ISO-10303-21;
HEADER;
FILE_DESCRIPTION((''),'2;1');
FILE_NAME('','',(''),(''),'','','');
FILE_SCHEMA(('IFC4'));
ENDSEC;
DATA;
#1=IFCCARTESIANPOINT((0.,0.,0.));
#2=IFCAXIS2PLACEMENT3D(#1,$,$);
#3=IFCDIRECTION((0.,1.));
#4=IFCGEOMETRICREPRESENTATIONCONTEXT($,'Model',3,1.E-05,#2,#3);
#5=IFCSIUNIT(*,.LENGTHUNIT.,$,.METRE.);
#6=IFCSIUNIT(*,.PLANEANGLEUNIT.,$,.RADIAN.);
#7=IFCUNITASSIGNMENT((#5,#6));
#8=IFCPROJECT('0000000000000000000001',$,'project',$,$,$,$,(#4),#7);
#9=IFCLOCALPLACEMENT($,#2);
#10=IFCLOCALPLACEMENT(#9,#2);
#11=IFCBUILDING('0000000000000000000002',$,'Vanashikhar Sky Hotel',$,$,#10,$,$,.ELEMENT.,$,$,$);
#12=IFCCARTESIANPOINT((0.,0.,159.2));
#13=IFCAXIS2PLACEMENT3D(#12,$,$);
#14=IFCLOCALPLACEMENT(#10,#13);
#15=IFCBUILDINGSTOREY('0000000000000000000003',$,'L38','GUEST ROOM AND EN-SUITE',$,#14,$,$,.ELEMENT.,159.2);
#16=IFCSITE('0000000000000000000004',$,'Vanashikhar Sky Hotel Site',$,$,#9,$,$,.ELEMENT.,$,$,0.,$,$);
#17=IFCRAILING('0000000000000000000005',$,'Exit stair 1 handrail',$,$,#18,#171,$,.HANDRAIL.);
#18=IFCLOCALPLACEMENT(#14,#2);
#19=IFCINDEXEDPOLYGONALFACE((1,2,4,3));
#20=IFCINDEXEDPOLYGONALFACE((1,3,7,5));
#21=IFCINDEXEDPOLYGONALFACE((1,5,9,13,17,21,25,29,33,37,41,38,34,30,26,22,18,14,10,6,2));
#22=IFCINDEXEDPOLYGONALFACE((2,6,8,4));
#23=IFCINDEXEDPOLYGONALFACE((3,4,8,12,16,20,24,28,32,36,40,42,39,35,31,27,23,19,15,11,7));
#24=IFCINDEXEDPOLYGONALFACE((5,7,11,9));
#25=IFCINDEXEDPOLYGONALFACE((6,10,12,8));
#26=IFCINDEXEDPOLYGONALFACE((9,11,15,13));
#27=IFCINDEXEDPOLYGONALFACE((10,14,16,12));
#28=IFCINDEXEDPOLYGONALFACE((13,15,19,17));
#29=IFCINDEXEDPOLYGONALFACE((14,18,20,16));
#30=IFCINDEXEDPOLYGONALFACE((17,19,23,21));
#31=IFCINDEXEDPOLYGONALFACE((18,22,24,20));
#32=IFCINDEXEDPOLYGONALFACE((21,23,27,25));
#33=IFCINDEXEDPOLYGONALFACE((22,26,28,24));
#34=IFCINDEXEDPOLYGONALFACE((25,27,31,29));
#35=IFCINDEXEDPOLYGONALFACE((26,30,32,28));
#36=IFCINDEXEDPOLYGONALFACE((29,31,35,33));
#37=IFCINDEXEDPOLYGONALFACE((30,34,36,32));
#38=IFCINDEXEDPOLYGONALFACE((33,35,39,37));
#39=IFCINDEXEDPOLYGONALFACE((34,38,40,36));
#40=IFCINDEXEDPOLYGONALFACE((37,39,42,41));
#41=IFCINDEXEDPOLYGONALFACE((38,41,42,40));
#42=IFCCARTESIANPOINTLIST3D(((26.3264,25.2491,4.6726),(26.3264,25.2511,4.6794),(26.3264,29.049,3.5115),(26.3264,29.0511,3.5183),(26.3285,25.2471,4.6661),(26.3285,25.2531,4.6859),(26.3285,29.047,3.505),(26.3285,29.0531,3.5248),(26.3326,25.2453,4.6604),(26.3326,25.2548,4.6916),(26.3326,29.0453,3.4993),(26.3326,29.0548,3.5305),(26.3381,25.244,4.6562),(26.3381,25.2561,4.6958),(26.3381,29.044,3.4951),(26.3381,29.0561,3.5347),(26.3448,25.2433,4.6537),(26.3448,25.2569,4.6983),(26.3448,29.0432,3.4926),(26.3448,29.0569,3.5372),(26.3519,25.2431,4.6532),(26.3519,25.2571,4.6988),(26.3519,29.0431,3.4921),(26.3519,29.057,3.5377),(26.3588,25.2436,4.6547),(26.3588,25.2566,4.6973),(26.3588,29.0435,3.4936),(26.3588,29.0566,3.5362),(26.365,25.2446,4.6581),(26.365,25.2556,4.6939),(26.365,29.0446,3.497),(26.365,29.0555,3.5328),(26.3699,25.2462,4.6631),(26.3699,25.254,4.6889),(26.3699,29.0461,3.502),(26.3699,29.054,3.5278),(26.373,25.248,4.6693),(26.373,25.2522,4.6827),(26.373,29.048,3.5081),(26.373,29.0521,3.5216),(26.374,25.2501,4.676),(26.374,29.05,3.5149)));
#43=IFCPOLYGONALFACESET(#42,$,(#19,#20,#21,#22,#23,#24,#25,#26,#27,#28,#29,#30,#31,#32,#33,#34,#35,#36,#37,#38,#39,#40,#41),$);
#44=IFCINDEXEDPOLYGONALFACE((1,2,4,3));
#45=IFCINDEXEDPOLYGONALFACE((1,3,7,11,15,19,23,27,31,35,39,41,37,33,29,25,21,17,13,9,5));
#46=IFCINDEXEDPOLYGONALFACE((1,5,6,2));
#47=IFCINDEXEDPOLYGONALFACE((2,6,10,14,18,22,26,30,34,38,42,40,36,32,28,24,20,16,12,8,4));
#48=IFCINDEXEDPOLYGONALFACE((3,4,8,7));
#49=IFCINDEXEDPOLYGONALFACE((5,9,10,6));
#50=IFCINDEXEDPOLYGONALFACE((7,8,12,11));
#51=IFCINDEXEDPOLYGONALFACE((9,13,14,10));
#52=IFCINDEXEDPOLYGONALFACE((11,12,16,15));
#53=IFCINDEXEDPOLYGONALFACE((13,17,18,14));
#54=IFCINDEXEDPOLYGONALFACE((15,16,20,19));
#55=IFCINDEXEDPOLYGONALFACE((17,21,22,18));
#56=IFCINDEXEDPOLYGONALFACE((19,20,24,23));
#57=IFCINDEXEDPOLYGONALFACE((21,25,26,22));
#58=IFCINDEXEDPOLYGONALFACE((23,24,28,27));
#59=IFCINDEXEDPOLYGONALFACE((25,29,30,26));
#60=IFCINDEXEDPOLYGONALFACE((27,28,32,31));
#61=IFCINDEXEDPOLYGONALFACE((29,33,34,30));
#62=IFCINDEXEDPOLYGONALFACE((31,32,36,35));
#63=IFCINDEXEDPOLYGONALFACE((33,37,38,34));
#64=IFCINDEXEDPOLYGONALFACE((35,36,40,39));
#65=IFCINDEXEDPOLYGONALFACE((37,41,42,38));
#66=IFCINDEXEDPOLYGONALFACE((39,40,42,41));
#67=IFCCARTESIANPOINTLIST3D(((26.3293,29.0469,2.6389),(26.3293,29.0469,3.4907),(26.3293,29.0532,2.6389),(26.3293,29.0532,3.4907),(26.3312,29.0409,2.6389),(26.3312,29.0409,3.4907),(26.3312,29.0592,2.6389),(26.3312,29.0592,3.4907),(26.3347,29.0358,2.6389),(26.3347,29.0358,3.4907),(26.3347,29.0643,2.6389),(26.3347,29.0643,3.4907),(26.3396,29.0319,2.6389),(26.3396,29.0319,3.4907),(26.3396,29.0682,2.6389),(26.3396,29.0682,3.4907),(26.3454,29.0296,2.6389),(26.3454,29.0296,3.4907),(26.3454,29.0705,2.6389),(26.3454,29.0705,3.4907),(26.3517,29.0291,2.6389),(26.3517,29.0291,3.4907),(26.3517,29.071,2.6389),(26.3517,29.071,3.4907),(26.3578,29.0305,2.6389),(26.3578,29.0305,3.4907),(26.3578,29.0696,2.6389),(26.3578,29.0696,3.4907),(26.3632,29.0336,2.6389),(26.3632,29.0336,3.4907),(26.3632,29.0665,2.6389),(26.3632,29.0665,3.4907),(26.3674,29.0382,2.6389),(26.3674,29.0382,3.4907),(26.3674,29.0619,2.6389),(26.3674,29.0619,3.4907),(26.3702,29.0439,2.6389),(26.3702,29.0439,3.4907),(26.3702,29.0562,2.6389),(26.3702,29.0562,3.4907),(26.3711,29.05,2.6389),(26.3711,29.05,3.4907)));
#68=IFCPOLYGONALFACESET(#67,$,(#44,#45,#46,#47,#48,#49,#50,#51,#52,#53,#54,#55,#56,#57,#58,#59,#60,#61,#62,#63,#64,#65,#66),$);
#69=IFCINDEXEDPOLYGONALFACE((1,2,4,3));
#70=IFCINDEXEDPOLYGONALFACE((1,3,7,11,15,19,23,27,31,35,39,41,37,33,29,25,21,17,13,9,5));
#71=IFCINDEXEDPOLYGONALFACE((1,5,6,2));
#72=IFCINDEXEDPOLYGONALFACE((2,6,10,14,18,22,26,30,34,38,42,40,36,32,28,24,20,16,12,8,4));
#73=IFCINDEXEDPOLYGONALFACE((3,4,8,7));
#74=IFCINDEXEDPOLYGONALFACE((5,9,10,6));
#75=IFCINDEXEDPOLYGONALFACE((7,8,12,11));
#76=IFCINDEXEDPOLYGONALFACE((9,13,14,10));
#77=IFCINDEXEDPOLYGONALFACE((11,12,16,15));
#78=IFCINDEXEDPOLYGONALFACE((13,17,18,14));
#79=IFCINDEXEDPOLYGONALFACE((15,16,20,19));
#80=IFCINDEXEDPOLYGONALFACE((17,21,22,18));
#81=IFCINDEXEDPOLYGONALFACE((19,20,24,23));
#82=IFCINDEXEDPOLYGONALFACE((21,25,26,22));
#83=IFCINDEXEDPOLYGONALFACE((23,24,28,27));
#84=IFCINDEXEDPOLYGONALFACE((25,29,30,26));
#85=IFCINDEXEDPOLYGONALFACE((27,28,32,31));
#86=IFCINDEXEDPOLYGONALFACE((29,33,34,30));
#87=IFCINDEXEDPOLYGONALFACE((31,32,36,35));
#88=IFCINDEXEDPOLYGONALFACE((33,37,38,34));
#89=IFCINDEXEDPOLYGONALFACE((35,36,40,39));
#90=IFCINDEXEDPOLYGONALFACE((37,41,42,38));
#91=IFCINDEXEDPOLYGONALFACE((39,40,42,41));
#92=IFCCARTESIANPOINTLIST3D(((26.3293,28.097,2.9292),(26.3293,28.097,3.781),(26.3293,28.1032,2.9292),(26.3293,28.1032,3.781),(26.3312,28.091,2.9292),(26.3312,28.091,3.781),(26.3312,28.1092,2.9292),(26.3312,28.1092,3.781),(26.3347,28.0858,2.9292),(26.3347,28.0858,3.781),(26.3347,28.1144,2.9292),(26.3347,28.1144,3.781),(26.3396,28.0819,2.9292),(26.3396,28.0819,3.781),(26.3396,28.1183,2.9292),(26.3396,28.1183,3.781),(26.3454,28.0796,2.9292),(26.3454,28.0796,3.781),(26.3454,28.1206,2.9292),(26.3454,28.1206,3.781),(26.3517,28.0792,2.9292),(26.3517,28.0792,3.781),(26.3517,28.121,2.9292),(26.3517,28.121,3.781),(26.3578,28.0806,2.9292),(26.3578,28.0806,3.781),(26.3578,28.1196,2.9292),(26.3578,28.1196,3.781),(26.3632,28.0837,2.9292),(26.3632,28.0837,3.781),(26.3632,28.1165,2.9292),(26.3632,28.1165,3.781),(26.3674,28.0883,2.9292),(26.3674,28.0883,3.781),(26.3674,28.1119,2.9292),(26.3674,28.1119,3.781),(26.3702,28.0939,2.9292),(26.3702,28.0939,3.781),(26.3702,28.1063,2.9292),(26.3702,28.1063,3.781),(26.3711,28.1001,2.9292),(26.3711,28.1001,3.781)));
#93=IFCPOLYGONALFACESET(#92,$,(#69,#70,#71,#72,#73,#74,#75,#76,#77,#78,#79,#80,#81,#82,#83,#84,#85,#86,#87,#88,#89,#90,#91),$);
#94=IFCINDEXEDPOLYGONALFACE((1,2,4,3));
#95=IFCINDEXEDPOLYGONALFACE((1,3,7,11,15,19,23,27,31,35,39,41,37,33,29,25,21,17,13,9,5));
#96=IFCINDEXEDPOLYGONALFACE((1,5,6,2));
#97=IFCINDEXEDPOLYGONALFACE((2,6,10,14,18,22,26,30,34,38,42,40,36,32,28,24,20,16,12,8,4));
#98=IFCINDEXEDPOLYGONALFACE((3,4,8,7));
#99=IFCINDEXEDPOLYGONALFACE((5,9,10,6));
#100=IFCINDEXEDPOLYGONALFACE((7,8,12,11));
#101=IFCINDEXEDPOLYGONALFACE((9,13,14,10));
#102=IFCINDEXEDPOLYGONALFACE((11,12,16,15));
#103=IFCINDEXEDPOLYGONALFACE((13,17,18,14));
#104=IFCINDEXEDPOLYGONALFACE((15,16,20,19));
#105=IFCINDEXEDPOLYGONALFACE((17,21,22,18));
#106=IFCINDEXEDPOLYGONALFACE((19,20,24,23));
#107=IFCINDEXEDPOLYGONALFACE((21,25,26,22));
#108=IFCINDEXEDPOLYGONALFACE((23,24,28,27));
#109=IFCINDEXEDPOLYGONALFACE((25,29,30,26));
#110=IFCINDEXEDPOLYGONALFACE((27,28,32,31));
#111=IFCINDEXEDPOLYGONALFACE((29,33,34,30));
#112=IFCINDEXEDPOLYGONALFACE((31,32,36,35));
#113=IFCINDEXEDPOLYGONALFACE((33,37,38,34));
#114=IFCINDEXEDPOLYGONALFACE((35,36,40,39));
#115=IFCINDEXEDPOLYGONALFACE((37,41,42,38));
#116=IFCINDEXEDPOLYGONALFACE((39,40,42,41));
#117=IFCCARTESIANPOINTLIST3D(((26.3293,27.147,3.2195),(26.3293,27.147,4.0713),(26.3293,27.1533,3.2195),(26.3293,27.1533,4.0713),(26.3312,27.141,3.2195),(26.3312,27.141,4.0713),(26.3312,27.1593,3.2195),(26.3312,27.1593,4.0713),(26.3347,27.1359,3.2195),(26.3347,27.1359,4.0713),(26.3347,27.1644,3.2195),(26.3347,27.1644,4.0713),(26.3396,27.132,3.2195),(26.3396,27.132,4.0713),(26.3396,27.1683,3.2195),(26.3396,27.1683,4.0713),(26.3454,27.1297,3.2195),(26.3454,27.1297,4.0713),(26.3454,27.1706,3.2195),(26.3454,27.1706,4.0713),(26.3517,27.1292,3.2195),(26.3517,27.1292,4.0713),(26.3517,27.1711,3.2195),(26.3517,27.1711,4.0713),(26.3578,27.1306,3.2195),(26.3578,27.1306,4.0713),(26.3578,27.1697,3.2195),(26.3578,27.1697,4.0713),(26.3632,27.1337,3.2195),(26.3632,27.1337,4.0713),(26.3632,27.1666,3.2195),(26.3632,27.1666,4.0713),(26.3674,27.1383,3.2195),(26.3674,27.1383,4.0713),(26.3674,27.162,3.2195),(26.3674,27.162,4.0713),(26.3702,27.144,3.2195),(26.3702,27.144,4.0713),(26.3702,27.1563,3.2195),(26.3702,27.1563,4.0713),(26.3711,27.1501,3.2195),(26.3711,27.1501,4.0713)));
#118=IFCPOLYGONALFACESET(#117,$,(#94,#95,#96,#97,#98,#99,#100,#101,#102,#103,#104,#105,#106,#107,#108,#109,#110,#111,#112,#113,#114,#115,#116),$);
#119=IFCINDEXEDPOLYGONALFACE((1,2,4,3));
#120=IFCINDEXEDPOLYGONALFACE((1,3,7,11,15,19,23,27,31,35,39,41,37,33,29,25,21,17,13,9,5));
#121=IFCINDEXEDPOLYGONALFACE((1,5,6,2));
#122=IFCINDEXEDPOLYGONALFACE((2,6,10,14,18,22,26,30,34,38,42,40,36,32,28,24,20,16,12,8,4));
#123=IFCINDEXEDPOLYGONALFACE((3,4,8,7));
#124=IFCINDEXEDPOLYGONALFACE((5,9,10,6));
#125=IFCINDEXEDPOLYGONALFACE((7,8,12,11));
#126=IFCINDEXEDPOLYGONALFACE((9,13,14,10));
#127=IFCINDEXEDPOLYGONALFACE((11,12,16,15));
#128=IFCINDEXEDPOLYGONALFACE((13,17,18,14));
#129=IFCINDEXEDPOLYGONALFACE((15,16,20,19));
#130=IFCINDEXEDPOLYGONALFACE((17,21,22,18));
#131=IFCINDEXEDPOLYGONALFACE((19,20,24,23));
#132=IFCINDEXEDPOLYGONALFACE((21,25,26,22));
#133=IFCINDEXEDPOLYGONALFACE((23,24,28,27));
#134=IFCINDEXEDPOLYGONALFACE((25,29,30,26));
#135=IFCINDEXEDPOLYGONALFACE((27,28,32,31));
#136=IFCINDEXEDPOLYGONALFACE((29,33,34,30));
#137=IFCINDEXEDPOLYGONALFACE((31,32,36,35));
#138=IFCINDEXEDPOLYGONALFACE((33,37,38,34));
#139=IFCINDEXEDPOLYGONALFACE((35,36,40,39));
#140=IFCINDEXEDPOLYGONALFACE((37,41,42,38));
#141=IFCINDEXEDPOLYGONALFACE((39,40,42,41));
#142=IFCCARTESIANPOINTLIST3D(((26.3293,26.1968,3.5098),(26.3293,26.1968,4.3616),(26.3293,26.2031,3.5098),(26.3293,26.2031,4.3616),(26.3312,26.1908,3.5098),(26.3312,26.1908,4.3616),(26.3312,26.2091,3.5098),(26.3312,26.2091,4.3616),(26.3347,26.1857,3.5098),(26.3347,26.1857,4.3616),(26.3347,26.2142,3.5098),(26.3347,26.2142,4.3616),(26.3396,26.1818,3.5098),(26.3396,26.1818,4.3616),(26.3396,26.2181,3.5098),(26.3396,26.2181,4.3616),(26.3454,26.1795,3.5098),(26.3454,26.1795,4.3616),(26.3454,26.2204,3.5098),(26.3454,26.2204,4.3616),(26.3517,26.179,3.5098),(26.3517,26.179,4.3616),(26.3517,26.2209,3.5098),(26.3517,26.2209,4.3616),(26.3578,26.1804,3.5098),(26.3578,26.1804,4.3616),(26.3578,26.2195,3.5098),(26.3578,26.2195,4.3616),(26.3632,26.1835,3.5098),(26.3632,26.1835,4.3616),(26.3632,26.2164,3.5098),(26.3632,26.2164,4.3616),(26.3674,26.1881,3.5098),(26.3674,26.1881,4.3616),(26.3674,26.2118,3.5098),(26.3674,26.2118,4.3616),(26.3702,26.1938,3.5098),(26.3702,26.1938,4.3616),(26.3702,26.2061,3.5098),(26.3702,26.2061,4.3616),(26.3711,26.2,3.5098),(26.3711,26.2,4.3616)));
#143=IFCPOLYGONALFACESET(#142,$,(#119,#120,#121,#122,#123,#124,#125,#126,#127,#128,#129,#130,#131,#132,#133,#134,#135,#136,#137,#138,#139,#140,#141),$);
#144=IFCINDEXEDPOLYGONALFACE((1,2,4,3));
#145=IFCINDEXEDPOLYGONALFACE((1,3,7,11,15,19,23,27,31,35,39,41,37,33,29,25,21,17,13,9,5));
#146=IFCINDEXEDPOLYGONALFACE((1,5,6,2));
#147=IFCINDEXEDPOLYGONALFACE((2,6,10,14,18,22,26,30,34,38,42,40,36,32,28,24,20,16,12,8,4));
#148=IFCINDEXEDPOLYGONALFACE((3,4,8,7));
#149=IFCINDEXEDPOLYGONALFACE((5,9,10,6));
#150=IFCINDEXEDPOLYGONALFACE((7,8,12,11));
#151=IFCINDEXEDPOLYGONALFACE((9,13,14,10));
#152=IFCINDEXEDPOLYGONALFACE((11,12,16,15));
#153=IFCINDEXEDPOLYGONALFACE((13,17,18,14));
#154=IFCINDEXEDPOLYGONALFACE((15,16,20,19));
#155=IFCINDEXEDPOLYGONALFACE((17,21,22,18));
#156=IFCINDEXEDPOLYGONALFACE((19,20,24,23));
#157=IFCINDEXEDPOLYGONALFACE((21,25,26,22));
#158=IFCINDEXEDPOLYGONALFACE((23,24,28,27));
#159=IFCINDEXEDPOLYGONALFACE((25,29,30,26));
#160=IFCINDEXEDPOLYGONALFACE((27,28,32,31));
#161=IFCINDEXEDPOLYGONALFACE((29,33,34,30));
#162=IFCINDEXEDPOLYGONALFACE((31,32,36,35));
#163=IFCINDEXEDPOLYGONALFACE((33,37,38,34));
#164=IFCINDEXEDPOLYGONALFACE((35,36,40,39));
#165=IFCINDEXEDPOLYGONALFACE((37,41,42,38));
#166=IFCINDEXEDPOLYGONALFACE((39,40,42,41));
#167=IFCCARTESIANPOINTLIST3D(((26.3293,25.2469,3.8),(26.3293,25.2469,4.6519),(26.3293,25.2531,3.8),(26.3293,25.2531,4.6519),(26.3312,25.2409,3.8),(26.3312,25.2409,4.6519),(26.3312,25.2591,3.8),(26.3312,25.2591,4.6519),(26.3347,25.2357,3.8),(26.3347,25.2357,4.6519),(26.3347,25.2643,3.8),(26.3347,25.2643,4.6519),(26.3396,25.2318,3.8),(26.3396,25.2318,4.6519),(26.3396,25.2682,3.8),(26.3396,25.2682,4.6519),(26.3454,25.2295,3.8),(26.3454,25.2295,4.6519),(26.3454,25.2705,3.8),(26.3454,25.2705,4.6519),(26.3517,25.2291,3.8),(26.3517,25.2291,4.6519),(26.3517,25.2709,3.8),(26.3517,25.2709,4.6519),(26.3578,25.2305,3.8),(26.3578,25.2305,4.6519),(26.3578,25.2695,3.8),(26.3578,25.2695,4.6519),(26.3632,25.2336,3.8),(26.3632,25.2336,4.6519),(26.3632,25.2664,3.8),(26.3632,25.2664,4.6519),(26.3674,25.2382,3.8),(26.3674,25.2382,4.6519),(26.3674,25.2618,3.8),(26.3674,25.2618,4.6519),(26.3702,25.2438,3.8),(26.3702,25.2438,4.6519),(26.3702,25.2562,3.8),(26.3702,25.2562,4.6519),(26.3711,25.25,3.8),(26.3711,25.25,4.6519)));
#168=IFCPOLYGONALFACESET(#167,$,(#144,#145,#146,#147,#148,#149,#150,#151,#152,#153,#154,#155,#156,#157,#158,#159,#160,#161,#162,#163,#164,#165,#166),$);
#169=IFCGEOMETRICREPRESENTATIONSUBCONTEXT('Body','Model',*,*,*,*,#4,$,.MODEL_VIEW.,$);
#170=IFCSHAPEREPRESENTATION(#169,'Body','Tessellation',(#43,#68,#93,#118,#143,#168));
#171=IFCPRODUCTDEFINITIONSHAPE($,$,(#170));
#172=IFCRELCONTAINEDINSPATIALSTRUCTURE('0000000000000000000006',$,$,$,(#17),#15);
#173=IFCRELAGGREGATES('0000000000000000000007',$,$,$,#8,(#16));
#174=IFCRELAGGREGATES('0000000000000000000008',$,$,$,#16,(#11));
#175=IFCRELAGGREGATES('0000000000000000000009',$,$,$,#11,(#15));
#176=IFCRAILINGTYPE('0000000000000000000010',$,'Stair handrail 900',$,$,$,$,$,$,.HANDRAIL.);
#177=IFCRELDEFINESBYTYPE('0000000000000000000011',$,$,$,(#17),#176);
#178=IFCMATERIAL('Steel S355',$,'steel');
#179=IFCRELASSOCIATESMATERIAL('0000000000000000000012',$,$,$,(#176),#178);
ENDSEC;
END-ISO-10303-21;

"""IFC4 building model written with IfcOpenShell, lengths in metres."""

from ifc_helpers import new_model, si_unit, direction, frame, origin, origin_2d, place, context, subcontext, project, spatial, circle, extrude, source, transform, mapped, material, type_object, element, save


model = new_model("IFC4")

# Units and contexts
model_context = context("Model", 3, precision=1e-05, world=origin(), true_north=direction((0.0, 1.0)))
body_context = subcontext(model_context, "Body", "Model", "MODEL_VIEW")
ifc_project = project(units=[si_unit("LENGTHUNIT", "METRE"), si_unit("PLANEANGLEUNIT", "RADIAN")], contexts=[model_context])

# Site, building, storey
site_placement = place(None, origin())
site = spatial("IfcSite", under=ifc_project, at=site_placement, Name="Vanashikhar Sky Hotel Site", CompositionType="ELEMENT", RefElevation=0.0)
building_placement = place(site_placement, origin())
building = spatial("IfcBuilding", under=site, at=building_placement, Name="Vanashikhar Sky Hotel", CompositionType="ELEMENT")
storey_placement = place(building_placement, frame((0.0, 0.0, 159.2)))
storey = spatial("IfcBuildingStorey", under=building, at=storey_placement, Name="L38", Description="GUEST ROOM AND EN-SUITE", CompositionType="ELEMENT", Elevation=159.2)

# Railing
ifc_material_1 = material(Name="Steel S355", Category="steel")
railing_type_1 = type_object("IfcRailingType", Name="Stair handrail 900", PredefinedType="HANDRAIL", material=ifc_material_1)
shared_shape_1 = source(origin(), body_context, "Body", "SweptSolid", [
    extrude(circle(Radius=0.0239, at=origin_2d()), frame((0.0, 0.0, 0.876), z_axis=(0.0, -0.956351, 0.29222), x_axis=(1.0, 0.0, 0.0)), (0.0, 0.0, 1.0), 3.9734),
    extrude(circle(Radius=0.021, at=origin_2d()), origin(), (0.0, 0.0, 1.0), 0.8518),
    extrude(circle(Radius=0.021, at=origin_2d()), frame((0.0, -0.95, 0.2903)), (0.0, 0.0, 1.0), 0.8518),
    extrude(circle(Radius=0.021, at=origin_2d()), frame((0.0, -1.8999, 0.5806)), (0.0, 0.0, 1.0), 0.8518),
    extrude(circle(Radius=0.021, at=origin_2d()), frame((0.0, -2.8501, 0.8708)), (0.0, 0.0, 1.0), 0.8518),
    extrude(circle(Radius=0.021, at=origin_2d()), frame((0.0, -3.8, 1.1611)), (0.0, 0.0, 1.0), 0.8518),
])
railing_1_placement = place(storey_placement, frame((26.3501, 29.05, 2.6389)))
element("IfcRailing", 1, at=railing_1_placement, inside=storey, type_object=railing_type_1, Name="Exit stair 1 handrail", PredefinedType="HANDRAIL", context=body_context, shape_type="MappedRepresentation", body=[
    mapped(shared_shape_1, transform((0.0, 0.0, 0.0), scale=1.0)),
])

save(model, "model.ifc")
